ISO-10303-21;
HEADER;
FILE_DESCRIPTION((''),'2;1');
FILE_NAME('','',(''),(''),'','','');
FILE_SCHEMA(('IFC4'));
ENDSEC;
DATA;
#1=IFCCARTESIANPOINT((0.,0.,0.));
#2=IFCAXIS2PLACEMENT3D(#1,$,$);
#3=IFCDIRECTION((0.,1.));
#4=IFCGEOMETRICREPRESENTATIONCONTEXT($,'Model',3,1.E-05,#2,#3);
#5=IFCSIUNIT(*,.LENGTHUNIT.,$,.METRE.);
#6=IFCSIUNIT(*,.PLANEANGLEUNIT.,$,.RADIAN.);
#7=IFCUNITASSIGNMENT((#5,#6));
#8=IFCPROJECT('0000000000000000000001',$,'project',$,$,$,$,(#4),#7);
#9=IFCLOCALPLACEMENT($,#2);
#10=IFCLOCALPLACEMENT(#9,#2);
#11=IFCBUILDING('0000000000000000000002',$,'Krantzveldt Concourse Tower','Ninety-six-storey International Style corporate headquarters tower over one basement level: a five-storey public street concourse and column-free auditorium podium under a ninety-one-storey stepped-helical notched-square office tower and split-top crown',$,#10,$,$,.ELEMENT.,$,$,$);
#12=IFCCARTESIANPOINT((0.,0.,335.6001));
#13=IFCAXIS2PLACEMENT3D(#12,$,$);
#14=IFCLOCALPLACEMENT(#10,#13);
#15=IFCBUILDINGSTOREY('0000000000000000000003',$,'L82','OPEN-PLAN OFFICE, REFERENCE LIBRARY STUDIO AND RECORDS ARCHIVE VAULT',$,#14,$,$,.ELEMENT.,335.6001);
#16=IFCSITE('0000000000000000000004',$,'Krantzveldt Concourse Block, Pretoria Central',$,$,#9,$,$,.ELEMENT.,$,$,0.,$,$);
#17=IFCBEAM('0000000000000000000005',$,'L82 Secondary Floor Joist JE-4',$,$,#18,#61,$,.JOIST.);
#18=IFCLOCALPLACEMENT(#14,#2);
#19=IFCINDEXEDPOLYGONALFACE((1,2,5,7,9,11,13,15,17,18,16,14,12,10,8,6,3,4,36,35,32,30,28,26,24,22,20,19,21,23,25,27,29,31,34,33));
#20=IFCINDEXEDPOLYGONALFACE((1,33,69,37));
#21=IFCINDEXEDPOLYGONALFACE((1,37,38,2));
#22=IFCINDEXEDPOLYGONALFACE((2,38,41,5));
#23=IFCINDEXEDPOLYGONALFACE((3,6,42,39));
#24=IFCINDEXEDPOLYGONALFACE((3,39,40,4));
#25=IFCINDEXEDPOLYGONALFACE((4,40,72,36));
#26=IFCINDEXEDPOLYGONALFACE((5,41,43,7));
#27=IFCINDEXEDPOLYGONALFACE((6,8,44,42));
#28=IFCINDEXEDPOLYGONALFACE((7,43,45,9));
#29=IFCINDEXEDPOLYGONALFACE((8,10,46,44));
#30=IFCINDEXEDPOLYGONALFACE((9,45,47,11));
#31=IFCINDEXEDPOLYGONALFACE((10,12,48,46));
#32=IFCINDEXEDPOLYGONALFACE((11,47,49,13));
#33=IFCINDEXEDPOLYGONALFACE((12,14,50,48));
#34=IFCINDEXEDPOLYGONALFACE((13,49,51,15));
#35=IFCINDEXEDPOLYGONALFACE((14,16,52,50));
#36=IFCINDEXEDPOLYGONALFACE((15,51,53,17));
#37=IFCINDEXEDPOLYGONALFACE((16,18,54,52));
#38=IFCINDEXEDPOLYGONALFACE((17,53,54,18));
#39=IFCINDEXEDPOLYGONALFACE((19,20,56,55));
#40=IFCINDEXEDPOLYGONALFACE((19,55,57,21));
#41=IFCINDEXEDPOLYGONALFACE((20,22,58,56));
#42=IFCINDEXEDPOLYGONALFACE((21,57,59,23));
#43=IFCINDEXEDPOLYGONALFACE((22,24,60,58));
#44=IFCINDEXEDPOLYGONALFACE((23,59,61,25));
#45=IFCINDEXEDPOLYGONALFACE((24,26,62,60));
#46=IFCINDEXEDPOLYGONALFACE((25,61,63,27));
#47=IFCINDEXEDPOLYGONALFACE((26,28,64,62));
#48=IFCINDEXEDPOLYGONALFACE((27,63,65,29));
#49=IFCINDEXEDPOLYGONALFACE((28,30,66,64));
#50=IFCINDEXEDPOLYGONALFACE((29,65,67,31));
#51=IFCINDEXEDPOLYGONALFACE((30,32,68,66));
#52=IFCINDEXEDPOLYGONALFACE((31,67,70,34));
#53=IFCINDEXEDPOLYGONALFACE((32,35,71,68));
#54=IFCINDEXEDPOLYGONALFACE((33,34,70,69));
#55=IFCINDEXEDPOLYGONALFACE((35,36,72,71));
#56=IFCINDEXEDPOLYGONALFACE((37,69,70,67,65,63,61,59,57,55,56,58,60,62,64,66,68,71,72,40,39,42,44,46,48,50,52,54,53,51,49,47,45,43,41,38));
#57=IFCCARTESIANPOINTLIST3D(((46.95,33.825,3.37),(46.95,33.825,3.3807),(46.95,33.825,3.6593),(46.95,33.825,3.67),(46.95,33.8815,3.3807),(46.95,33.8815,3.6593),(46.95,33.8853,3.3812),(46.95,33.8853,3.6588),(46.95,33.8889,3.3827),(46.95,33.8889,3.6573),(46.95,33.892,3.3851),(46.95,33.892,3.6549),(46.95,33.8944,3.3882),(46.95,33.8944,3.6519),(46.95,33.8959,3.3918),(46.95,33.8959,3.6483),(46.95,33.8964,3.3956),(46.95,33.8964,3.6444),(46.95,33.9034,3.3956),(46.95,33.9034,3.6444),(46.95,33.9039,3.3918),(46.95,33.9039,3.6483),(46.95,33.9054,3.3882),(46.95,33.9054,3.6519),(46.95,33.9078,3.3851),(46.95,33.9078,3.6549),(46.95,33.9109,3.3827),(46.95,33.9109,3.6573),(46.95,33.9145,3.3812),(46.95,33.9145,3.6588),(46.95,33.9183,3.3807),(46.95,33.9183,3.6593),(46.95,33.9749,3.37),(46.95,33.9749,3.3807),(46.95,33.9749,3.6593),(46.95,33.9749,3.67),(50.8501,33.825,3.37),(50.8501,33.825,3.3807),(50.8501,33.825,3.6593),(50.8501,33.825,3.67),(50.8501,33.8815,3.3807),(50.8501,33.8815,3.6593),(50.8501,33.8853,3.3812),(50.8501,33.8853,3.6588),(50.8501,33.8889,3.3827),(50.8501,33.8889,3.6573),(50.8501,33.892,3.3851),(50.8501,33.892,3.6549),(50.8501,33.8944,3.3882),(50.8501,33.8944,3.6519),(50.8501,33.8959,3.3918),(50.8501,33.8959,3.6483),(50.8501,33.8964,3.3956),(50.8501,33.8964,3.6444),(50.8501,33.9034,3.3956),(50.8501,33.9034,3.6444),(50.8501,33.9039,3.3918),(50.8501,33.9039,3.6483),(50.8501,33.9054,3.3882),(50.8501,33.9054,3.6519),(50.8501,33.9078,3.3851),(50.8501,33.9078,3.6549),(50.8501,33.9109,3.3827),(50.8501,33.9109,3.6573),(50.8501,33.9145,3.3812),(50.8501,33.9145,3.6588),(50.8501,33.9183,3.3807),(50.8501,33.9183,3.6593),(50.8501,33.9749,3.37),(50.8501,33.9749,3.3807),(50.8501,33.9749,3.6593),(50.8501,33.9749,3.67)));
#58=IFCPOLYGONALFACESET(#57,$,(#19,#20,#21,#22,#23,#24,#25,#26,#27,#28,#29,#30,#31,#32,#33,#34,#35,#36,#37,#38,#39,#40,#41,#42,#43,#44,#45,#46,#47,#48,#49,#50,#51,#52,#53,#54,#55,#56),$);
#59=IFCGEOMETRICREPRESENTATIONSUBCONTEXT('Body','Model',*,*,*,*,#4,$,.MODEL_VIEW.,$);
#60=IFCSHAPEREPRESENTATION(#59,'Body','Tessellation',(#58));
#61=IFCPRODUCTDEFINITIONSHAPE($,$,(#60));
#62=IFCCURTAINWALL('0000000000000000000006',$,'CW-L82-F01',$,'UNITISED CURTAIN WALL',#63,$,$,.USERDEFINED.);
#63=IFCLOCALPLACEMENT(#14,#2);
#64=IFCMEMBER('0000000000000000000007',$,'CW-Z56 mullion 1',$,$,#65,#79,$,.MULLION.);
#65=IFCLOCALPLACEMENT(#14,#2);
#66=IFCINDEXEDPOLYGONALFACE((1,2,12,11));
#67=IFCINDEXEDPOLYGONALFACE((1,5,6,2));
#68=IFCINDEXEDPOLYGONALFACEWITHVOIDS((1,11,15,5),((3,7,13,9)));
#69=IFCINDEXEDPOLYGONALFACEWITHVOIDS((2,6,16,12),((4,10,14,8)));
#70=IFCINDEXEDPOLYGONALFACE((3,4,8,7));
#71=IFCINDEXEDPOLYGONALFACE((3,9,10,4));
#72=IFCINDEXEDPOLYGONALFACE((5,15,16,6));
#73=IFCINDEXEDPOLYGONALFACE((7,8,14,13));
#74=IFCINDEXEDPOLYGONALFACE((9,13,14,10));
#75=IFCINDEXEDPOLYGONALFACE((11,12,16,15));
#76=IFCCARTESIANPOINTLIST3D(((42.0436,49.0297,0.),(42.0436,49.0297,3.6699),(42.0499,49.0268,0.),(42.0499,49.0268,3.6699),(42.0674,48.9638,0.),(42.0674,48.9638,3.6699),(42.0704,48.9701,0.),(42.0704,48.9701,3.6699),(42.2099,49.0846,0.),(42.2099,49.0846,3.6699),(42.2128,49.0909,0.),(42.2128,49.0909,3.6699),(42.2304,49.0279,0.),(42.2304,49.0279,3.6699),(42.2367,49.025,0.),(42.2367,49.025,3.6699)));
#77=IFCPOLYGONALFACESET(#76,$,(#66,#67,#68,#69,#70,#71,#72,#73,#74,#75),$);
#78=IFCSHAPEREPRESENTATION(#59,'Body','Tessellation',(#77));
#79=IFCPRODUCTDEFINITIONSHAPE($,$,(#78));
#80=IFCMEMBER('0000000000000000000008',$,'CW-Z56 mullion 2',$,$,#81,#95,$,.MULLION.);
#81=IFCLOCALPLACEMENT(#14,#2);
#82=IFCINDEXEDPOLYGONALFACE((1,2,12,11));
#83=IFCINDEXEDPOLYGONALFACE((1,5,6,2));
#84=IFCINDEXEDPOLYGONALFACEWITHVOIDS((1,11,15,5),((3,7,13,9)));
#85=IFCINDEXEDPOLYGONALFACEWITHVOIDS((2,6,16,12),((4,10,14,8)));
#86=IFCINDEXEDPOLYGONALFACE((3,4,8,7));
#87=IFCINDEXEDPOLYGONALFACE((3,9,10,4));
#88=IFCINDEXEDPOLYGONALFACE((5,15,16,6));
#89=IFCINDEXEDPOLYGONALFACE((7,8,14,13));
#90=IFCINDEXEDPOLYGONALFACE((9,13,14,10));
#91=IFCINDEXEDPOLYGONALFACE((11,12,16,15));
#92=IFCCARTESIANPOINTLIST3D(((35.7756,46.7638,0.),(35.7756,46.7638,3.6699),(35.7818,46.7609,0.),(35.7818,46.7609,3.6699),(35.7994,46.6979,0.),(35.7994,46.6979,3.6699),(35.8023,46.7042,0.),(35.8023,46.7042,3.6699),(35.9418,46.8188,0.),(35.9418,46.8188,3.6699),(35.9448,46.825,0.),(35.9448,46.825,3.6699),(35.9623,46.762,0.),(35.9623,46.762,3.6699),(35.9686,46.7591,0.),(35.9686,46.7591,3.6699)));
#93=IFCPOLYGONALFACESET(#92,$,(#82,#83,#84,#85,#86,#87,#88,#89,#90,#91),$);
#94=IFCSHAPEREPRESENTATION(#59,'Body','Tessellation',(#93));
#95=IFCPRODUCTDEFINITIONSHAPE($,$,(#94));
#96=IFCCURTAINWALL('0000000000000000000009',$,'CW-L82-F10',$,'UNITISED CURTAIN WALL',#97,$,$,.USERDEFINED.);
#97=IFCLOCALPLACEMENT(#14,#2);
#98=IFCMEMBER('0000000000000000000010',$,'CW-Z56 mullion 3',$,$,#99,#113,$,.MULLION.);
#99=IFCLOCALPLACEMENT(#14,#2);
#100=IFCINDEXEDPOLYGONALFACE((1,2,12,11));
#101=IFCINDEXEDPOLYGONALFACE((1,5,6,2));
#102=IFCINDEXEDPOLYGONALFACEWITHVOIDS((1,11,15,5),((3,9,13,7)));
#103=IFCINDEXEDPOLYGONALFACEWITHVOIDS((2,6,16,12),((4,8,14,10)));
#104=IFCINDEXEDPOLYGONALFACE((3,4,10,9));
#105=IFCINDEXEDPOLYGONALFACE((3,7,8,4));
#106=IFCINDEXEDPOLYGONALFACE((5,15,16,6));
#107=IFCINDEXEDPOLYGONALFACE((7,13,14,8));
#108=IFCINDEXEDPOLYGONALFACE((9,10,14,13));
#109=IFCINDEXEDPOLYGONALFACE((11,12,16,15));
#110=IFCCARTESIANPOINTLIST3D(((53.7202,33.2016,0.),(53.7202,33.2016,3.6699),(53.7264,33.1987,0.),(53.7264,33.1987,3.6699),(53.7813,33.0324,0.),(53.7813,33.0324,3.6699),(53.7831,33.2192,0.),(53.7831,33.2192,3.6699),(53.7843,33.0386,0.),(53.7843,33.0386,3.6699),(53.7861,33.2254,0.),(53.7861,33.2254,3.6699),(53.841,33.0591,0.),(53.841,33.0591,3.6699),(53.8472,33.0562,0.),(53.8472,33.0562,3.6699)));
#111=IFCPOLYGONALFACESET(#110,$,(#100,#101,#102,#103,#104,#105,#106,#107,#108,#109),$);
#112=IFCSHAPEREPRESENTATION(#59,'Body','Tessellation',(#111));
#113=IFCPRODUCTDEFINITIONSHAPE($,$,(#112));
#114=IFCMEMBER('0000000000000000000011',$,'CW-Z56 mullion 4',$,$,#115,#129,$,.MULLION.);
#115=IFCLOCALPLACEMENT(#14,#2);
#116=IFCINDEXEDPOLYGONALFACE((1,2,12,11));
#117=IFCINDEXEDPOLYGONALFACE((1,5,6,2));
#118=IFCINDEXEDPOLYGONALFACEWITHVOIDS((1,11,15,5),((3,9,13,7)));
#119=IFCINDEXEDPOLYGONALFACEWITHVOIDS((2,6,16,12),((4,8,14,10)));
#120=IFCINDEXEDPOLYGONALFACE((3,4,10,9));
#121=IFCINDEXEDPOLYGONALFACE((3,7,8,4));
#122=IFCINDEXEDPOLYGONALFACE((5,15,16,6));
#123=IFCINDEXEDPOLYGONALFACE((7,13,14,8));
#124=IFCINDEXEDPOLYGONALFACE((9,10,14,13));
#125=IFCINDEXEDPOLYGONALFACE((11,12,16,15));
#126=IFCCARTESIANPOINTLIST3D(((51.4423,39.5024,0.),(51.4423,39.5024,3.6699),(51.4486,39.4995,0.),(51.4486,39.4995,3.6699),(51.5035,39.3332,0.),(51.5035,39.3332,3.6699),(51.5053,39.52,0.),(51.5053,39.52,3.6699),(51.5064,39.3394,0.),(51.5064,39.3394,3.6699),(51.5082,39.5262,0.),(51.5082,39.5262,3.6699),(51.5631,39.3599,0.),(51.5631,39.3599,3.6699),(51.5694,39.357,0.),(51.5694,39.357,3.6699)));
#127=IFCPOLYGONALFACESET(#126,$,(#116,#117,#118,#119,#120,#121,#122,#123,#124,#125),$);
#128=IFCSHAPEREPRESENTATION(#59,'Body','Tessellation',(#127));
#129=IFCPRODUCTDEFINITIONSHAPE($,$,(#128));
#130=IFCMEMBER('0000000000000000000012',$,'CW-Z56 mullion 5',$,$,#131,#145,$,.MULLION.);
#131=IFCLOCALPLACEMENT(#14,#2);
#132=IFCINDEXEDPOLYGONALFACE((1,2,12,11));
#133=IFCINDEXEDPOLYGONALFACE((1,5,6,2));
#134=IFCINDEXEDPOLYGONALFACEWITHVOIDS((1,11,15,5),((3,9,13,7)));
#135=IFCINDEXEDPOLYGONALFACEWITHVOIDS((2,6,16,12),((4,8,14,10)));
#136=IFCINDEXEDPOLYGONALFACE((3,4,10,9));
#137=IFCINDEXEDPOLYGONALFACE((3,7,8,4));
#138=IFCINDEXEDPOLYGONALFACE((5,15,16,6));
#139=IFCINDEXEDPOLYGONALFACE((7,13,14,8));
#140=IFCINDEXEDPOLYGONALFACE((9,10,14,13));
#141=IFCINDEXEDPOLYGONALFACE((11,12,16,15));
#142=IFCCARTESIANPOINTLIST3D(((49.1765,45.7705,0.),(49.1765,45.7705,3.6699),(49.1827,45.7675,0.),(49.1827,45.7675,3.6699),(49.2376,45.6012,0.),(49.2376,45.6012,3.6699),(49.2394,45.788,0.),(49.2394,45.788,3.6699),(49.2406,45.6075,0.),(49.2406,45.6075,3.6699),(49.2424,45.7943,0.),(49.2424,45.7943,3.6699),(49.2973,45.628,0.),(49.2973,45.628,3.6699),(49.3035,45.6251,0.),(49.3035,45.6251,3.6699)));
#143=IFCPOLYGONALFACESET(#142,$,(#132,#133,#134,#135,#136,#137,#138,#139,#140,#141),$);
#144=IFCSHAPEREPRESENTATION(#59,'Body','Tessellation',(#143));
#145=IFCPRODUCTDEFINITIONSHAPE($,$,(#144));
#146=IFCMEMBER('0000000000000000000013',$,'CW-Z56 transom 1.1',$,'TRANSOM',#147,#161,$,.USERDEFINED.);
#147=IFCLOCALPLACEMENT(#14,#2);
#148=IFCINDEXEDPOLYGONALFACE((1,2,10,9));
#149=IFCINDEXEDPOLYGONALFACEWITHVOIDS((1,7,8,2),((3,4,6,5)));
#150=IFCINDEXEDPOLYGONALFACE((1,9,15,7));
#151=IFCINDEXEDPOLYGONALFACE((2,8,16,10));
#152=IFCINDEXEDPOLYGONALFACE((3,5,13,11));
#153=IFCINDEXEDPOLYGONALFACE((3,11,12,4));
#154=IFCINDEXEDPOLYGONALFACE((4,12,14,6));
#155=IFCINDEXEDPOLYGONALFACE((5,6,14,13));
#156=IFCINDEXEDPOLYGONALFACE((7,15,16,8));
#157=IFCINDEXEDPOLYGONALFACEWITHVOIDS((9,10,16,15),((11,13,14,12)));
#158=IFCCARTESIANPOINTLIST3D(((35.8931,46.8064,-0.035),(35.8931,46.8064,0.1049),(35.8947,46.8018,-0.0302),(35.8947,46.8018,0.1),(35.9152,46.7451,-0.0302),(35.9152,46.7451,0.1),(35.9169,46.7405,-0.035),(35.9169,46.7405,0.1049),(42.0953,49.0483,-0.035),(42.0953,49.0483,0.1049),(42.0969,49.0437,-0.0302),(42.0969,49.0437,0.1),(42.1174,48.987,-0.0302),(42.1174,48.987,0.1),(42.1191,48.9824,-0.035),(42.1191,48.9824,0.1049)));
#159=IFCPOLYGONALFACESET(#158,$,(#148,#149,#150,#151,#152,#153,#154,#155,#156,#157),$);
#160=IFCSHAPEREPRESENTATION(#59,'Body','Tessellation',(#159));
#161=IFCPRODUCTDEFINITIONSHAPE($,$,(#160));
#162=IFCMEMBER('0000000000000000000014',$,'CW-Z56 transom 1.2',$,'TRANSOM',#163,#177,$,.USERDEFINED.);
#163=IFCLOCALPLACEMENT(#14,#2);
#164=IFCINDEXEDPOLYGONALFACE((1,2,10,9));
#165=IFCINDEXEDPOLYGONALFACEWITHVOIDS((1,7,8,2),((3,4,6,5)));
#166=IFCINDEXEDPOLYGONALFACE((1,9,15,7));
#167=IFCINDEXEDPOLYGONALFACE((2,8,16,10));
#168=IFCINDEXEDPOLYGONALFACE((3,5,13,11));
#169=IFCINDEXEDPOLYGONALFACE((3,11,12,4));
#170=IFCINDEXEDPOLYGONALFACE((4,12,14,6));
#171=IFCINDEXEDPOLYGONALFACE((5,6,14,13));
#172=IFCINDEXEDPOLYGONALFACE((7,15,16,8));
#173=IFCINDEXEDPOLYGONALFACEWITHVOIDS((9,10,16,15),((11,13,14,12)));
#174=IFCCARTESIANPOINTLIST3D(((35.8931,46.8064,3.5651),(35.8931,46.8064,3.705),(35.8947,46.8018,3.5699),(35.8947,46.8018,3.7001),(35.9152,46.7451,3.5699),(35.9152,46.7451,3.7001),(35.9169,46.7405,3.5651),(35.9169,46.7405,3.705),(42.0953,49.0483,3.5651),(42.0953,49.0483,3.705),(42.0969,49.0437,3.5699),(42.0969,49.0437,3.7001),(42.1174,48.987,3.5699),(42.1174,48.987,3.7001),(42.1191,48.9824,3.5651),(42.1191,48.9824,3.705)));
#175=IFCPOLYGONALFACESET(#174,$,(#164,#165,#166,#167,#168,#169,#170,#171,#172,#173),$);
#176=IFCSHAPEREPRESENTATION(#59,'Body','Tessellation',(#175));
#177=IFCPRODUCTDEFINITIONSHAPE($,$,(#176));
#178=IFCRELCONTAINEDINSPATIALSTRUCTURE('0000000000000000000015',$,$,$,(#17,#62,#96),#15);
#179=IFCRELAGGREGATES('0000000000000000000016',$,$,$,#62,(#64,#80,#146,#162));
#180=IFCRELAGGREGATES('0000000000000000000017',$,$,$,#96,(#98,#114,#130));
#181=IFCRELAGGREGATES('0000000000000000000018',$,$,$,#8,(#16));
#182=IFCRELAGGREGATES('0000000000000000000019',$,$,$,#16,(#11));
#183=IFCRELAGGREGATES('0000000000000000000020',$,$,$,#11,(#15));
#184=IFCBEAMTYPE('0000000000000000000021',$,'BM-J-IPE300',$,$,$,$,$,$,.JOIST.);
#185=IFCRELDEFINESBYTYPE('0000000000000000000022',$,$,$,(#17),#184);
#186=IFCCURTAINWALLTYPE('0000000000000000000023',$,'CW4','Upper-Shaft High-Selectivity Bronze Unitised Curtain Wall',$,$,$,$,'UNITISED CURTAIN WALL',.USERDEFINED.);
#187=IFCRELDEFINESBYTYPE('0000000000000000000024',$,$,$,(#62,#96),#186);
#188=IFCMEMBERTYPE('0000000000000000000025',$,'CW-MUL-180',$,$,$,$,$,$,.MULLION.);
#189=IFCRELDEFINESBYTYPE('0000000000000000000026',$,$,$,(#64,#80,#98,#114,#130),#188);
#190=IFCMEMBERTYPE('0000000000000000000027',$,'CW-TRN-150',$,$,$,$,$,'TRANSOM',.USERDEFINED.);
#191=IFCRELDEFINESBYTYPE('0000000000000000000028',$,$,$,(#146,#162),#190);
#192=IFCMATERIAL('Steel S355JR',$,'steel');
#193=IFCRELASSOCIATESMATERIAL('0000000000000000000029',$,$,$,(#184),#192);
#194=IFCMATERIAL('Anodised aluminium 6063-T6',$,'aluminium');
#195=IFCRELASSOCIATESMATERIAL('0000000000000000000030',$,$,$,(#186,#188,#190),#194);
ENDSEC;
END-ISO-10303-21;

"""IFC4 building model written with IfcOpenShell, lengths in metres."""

from ifc_helpers import new_model, si_unit, direction, frame, origin, origin_2d, place, context, subcontext, project, spatial, hollow_rectangle, i_section, extrude, source, transform, mapped, material, material_profile, profile_set, type_object, type_shapes, element, aggregate, save


model = new_model("IFC4")

# Units and contexts
model_context = context("Model", 3, precision=1e-05, world=origin(), true_north=direction((0.0, 1.0)))
body_context = subcontext(model_context, "Body", "Model", "MODEL_VIEW")
ifc_project = project(units=[si_unit("LENGTHUNIT", "METRE"), si_unit("PLANEANGLEUNIT", "RADIAN")], contexts=[model_context])

# Site, building, storey
site_placement = place(None, origin())
site = spatial("IfcSite", under=ifc_project, at=site_placement, Name="Krantzveldt Concourse Block, Pretoria Central", CompositionType="ELEMENT", RefElevation=0.0)
building_placement = place(site_placement, origin())
building = spatial("IfcBuilding", under=site, at=building_placement, Name="Krantzveldt Concourse Tower", Description="Ninety-six-storey International Style corporate headquarters tower over one basement level: a five-storey public street concourse and column-free auditorium podium under a ninety-one-storey stepped-helical notched-square office tower and split-top crown", CompositionType="ELEMENT")
storey_placement = place(building_placement, frame((0.0, 0.0, 335.6001)))
storey = spatial("IfcBuildingStorey", under=building, at=storey_placement, Name="L82", Description="OPEN-PLAN OFFICE, REFERENCE LIBRARY STUDIO AND RECORDS ARCHIVE VAULT", CompositionType="ELEMENT", Elevation=335.6001)

# Beam
ifc_material_1 = material(Name="Steel S355JR", Category="steel")
ifc_material_profile_1 = material_profile(ifc_material_1, i_section(OverallWidth=0.1499, OverallDepth=0.3, WebThickness=0.0071, FlangeThickness=0.0107, FilletRadius=0.0149, at=origin_2d()), Name="Steel S355JR", Category="steel")
ifc_profile_set_1 = profile_set([ifc_material_profile_1], Name="Steel S355JR - IPE 300")
beam_type_1 = type_object("IfcBeamType", Name="BM-J-IPE300", PredefinedType="JOIST", material=ifc_profile_set_1)
shared_shape_1 = source(origin(), body_context, "Body", "SweptSolid", [
    extrude(i_section(OverallWidth=0.1499, OverallDepth=0.3, WebThickness=0.0071, FlangeThickness=0.0107, FilletRadius=0.0149, at=origin_2d()), origin(), (0.0, 0.0, 1.0), 3.9001),
])
type_shapes(beam_type_1, [shared_shape_1])
beam_1_placement = place(storey_placement, frame((46.95, 33.8999, 3.52), z_axis=(1.0, 0.0, 0.0), x_axis=(0.0, 1.0, 0.0)))
element("IfcBeam", 1, at=beam_1_placement, inside=storey, type_object=beam_type_1, Name="L82 Secondary Floor Joist JE-4", PredefinedType="JOIST", context=body_context, shape_type="MappedRepresentation", body=[
    mapped(shared_shape_1, transform((0.0, 0.0, 0.0), x_axis=(1.0, 0.0, 0.0), y_axis=(0.0, 1.0, 0.0), z_axis=(0.0, 0.0, 1.0), scale=1.0)),
])

# Curtain walls, members
ifc_material_2 = material(Name="Anodised aluminium 6063-T6", Category="aluminium")
curtain_wall_type = type_object("IfcCurtainWallType", Name="CW4", Description="Upper-Shaft High-Selectivity Bronze Unitised Curtain Wall", ElementType="UNITISED CURTAIN WALL", PredefinedType="USERDEFINED", material=ifc_material_2)
curtain_wall_1_placement = place(storey_placement, origin())
curtain_wall_1 = element("IfcCurtainWall", 2, at=curtain_wall_1_placement, inside=storey, type_object=curtain_wall_type, Name="CW-L82-F01", ObjectType="UNITISED CURTAIN WALL", PredefinedType="USERDEFINED")
ifc_material_profile_2 = material_profile(ifc_material_2, hollow_rectangle(XDim=0.0701, YDim=0.1799, WallThickness=0.0049, at=origin_2d()), Name="Anodised aluminium 6063-T6", Category="aluminium")
ifc_profile_set_2 = profile_set([ifc_material_profile_2], Name="Anodised aluminium 6063-T6 - ALU-MULL 180x70x5")
member_type_1 = type_object("IfcMemberType", Name="CW-MUL-180", PredefinedType="MULLION", material=ifc_profile_set_2)
shared_shape_2 = source(origin(), body_context, "Body", "SweptSolid", [
    extrude(hollow_rectangle(XDim=0.0701, YDim=0.1799, WallThickness=0.0049, at=origin_2d()), origin(), (0.0, 0.0, 1.0), 3.6699),
])
type_shapes(member_type_1, [shared_shape_2])
member_1_placement = place(storey_placement, frame((42.1401, 49.0273, 0.0), z_axis=(0.0, 0.0, 1.0), x_axis=(0.339969, -0.940437, 0.0)))
member_1 = element("IfcMember", 3, at=member_1_placement, type_object=member_type_1, Name="CW-Z56 mullion 1", PredefinedType="MULLION", context=body_context, shape_type="MappedRepresentation", body=[
    mapped(shared_shape_2, transform((0.0, 0.0, 0.0), x_axis=(1.0, 0.0, 0.0), y_axis=(0.0, 1.0, 0.0), z_axis=(0.0, 0.0, 1.0), scale=1.0)),
])
member_2_placement = place(storey_placement, frame((35.8721, 46.7615, 0.0), z_axis=(0.0, 0.0, 1.0), x_axis=(0.339969, -0.940437, 0.0)))
member_2 = element("IfcMember", 4, at=member_2_placement, type_object=member_type_1, Name="CW-Z56 mullion 2", PredefinedType="MULLION", context=body_context, shape_type="MappedRepresentation", body=[
    mapped(shared_shape_2, transform((0.0, 0.0, 0.0), x_axis=(1.0, 0.0, 0.0), y_axis=(0.0, 1.0, 0.0), z_axis=(0.0, 0.0, 1.0), scale=1.0)),
])
curtain_wall_2_placement = place(storey_placement, origin())
curtain_wall_2 = element("IfcCurtainWall", 5, at=curtain_wall_2_placement, inside=storey, type_object=curtain_wall_type, Name="CW-L82-F10", ObjectType="UNITISED CURTAIN WALL", PredefinedType="USERDEFINED")
member_3_placement = place(storey_placement, frame((53.7837, 33.1289, 0.0), z_axis=(0.0, 0.0, 1.0), x_axis=(-0.940437, -0.339969, 0.0)))
member_3 = element("IfcMember", 6, at=member_3_placement, type_object=member_type_1, Name="CW-Z56 mullion 3", PredefinedType="MULLION", context=body_context, shape_type="MappedRepresentation", body=[
    mapped(shared_shape_2, transform((0.0, 0.0, 0.0), x_axis=(1.0, 0.0, 0.0), y_axis=(0.0, 1.0, 0.0), z_axis=(0.0, 0.0, 1.0), scale=1.0)),
])
member_4_placement = place(storey_placement, frame((51.5059, 39.4297, 0.0), z_axis=(0.0, 0.0, 1.0), x_axis=(-0.940437, -0.339969, 0.0)))
member_4 = element("IfcMember", 7, at=member_4_placement, type_object=member_type_1, Name="CW-Z56 mullion 4", PredefinedType="MULLION", context=body_context, shape_type="MappedRepresentation", body=[
    mapped(shared_shape_2, transform((0.0, 0.0, 0.0), x_axis=(1.0, 0.0, 0.0), y_axis=(0.0, 1.0, 0.0), z_axis=(0.0, 0.0, 1.0), scale=1.0)),
])
member_5_placement = place(storey_placement, frame((49.24, 45.6978, 0.0), z_axis=(0.0, 0.0, 1.0), x_axis=(-0.940437, -0.339969, 0.0)))
member_5 = element("IfcMember", 8, at=member_5_placement, type_object=member_type_1, Name="CW-Z56 mullion 5", PredefinedType="MULLION", context=body_context, shape_type="MappedRepresentation", body=[
    mapped(shared_shape_2, transform((0.0, 0.0, 0.0), x_axis=(1.0, 0.0, 0.0), y_axis=(0.0, 1.0, 0.0), z_axis=(0.0, 0.0, 1.0), scale=1.0)),
])

# Members
ifc_material_profile_3 = material_profile(ifc_material_2, hollow_rectangle(XDim=0.0701, YDim=0.1399, WallThickness=0.0049, at=origin_2d()), Name="Anodised aluminium 6063-T6", Category="aluminium")
ifc_profile_set_3 = profile_set([ifc_material_profile_3], Name="Anodised aluminium 6063-T6 - ALU-TRAN 140x70x5")
member_type_2 = type_object("IfcMemberType", Name="CW-TRN-150", ElementType="TRANSOM", PredefinedType="USERDEFINED", material=ifc_profile_set_3)
shared_shape_3 = source(origin(), body_context, "Body", "SweptSolid", [
    extrude(hollow_rectangle(XDim=0.0701, YDim=0.1399, WallThickness=0.0049, at=origin_2d()), origin(), (0.0, 0.0, 1.0), 6.595),
])
member_6_placement = place(storey_placement, frame((42.1072, 49.0154, 0.0349), z_axis=(-0.940443, -0.33995, 0.0), x_axis=(0.33995, -0.940443, 0.0)))
member_6 = element("IfcMember", 9, at=member_6_placement, type_object=member_type_2, Name="CW-Z56 transom 1.1", ObjectType="TRANSOM", PredefinedType="USERDEFINED", context=body_context, shape_type="MappedRepresentation", body=[
    mapped(shared_shape_3, transform((0.0, 0.0, 0.0), x_axis=(1.0, 0.0, 0.0), y_axis=(0.0, 1.0, 0.0), z_axis=(0.0, 0.0, 1.0), scale=1.0)),
])
member_7_placement = place(storey_placement, frame((42.1072, 49.0154, 3.635), z_axis=(-0.940443, -0.33995, 0.0), x_axis=(0.33995, -0.940443, 0.0)))
member_7 = element("IfcMember", 10, at=member_7_placement, type_object=member_type_2, Name="CW-Z56 transom 1.2", ObjectType="TRANSOM", PredefinedType="USERDEFINED", context=body_context, shape_type="MappedRepresentation", body=[
    mapped(shared_shape_3, transform((0.0, 0.0, 0.0), x_axis=(1.0, 0.0, 0.0), y_axis=(0.0, 1.0, 0.0), z_axis=(0.0, 0.0, 1.0), scale=1.0)),
])

aggregate(curtain_wall_1, [member_1, member_2, member_6, member_7])
aggregate(curtain_wall_2, [member_3, member_4, member_5])

save(model, "model.ifc")
